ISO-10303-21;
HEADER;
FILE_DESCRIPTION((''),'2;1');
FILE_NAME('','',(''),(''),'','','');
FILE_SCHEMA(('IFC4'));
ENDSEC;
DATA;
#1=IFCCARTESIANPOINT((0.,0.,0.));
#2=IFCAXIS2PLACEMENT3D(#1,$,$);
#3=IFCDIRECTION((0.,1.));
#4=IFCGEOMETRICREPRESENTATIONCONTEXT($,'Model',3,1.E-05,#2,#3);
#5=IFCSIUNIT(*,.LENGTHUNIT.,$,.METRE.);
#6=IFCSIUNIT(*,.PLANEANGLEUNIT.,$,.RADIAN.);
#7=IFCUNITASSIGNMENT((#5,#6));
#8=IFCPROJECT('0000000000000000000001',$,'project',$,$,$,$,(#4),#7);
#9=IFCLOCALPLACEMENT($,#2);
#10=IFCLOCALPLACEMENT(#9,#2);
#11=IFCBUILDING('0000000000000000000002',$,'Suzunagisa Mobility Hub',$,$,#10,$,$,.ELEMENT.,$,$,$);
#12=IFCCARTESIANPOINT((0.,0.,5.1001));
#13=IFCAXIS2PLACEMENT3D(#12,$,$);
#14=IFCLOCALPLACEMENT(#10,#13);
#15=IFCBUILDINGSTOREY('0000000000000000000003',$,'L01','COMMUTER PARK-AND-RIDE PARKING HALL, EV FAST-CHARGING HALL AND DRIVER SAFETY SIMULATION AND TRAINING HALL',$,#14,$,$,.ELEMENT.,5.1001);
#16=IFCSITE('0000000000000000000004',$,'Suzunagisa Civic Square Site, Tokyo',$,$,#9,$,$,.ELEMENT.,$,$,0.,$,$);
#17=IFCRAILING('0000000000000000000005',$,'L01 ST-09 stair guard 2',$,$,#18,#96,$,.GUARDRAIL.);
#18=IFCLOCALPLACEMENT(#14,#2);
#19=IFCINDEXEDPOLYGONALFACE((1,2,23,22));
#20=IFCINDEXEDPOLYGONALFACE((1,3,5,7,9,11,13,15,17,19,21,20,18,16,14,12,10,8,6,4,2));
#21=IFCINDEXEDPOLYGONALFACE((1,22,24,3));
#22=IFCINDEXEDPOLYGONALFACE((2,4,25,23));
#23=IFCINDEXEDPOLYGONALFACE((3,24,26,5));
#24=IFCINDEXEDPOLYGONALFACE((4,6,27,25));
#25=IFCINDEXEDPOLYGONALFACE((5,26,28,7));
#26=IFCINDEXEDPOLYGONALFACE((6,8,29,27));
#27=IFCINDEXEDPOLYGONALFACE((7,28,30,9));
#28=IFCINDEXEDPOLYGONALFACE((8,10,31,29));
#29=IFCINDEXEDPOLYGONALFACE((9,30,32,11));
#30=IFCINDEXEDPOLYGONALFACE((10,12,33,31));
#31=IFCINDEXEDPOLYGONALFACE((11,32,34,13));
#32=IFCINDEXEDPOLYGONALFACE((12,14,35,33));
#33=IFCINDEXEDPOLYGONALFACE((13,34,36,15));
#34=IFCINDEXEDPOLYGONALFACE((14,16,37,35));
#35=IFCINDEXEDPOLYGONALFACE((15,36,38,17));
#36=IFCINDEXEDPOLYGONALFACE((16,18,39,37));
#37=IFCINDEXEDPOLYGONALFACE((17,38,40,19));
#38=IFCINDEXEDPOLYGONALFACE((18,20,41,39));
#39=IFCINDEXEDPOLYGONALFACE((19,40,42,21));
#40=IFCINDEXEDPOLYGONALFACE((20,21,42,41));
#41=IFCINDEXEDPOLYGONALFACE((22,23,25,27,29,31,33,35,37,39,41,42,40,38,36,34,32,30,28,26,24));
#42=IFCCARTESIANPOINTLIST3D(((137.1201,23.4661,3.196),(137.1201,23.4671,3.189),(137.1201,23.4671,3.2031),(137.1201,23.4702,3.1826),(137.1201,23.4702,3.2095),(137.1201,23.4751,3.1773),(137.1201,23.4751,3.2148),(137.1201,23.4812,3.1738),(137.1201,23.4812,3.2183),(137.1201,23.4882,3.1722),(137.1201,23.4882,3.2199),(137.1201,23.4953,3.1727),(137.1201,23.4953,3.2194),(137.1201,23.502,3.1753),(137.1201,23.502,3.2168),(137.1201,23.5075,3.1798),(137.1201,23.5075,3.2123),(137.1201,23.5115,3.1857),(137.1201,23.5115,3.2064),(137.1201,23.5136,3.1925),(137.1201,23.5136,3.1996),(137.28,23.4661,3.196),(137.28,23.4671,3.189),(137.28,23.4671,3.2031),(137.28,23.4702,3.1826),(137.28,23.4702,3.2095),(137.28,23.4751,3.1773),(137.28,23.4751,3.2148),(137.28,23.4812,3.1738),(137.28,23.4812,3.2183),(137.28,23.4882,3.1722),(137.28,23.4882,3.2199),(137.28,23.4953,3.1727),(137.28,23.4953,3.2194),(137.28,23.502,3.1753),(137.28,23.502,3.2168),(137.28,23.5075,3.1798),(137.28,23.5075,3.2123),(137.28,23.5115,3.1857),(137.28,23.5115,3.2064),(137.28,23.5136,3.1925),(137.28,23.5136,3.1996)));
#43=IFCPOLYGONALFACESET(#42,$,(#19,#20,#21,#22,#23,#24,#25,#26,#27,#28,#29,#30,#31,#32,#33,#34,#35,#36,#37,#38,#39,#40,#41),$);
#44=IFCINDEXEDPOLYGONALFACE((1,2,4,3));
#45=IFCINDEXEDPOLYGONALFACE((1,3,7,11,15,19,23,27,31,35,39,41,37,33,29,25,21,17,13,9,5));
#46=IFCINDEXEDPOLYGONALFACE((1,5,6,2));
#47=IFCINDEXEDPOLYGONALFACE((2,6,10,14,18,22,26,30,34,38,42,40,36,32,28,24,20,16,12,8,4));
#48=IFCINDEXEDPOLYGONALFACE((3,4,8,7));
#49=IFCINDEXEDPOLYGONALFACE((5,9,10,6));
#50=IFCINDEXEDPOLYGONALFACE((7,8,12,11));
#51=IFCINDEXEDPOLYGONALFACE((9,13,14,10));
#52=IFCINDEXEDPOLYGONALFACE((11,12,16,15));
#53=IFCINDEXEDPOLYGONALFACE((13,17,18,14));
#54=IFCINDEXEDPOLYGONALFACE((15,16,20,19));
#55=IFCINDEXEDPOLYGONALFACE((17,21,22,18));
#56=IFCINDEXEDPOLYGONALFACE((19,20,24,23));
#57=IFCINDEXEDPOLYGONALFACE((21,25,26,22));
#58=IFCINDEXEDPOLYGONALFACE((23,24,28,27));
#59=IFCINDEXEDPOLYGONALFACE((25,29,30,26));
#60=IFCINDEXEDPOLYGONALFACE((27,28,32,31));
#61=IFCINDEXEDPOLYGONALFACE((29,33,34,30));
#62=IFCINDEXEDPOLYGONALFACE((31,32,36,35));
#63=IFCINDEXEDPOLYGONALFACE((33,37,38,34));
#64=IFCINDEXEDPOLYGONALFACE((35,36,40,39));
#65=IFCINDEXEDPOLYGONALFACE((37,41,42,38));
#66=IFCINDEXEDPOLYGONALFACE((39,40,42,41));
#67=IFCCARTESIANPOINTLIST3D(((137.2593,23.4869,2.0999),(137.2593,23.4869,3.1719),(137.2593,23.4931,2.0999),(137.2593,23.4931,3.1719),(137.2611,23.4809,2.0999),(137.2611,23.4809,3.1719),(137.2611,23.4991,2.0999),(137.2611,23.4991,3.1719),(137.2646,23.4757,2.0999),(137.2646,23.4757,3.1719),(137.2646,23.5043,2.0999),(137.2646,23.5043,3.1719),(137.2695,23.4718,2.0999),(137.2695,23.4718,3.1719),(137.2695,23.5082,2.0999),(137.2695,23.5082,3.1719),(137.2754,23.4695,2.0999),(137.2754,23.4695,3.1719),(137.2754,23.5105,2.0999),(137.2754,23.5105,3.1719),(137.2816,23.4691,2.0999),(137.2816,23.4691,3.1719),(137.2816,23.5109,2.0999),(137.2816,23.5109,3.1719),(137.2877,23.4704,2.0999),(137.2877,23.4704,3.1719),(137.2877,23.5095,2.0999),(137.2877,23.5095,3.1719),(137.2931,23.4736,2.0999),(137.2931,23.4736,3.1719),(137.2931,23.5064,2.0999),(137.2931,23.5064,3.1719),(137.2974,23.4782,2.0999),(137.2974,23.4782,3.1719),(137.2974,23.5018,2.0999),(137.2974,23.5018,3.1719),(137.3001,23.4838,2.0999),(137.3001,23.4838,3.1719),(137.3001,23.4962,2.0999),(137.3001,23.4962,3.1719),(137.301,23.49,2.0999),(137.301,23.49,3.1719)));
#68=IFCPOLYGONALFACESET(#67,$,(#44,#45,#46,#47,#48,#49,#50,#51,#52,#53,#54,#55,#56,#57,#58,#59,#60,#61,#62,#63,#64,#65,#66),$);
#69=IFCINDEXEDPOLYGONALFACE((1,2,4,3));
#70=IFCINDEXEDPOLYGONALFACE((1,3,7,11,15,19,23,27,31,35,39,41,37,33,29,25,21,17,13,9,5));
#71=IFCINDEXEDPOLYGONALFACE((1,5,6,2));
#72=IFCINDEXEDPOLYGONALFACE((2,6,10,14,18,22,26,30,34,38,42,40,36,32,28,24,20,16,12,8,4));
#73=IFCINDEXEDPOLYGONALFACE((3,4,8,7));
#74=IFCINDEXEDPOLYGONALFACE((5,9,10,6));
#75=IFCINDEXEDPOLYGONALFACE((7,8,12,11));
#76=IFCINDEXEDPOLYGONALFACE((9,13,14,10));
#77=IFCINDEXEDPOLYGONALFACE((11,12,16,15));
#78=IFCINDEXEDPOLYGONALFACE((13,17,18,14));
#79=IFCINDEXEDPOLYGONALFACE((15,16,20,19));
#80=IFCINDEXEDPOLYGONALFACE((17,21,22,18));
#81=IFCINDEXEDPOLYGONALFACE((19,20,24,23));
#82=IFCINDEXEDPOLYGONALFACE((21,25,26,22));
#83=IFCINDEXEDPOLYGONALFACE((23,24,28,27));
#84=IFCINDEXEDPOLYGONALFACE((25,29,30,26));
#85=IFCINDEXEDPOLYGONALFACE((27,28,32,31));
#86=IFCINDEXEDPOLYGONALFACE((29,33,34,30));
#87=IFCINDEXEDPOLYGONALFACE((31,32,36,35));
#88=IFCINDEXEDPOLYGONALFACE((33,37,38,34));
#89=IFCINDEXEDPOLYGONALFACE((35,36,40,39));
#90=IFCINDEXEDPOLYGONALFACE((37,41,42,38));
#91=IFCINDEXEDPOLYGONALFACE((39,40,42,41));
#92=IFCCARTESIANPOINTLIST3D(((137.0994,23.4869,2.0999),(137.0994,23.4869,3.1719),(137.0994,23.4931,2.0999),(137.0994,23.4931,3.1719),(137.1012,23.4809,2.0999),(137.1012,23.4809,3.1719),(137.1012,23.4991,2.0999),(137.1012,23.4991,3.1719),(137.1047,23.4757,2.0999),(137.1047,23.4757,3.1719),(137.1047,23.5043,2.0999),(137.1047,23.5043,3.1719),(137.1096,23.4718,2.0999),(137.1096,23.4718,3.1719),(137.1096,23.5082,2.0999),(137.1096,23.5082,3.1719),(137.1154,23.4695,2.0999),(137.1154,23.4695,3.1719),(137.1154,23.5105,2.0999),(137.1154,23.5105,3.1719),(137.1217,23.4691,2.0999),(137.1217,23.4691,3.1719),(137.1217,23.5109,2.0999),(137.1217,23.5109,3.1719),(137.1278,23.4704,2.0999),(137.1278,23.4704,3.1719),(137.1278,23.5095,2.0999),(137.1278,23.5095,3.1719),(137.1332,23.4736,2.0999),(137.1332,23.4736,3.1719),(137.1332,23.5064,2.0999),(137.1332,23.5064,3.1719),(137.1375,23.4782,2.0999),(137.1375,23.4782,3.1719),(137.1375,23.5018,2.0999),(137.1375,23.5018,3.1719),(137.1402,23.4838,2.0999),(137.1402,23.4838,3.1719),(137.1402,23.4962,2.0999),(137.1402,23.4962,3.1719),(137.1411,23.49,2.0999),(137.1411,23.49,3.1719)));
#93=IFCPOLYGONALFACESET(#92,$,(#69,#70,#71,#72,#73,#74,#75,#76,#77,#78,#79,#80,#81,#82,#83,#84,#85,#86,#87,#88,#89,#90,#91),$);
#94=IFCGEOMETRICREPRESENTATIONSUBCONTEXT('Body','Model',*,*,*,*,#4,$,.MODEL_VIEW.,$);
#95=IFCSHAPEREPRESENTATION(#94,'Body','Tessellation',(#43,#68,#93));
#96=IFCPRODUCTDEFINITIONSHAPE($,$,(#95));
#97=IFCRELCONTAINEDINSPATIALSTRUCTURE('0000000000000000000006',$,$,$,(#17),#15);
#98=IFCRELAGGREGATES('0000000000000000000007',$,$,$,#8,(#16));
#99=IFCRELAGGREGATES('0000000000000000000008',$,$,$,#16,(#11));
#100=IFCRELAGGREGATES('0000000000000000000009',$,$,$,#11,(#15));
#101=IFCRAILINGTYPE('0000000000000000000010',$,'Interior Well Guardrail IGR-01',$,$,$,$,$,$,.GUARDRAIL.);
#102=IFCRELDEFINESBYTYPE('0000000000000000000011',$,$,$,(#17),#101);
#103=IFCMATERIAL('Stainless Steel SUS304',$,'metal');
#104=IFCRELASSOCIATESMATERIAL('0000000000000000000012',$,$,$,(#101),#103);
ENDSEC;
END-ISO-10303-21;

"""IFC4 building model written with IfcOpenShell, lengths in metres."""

from ifc_helpers import new_model, si_unit, direction, frame, origin, origin_2d, place, context, subcontext, project, spatial, circle, extrude, material, type_object, element, save


model = new_model("IFC4")

# Units and contexts
model_context = context("Model", 3, precision=1e-05, world=origin(), true_north=direction((0.0, 1.0)))
body_context = subcontext(model_context, "Body", "Model", "MODEL_VIEW")
ifc_project = project(units=[si_unit("LENGTHUNIT", "METRE"), si_unit("PLANEANGLEUNIT", "RADIAN")], contexts=[model_context])

# Site, building, storey
site_placement = place(None, origin())
site = spatial("IfcSite", under=ifc_project, at=site_placement, Name="Suzunagisa Civic Square Site, Tokyo", CompositionType="ELEMENT", RefElevation=0.0)
building_placement = place(site_placement, origin())
building = spatial("IfcBuilding", under=site, at=building_placement, Name="Suzunagisa Mobility Hub", CompositionType="ELEMENT")
storey_placement = place(building_placement, frame((0.0, 0.0, 5.1001)))
storey = spatial("IfcBuildingStorey", under=building, at=storey_placement, Name="L01", Description="COMMUTER PARK-AND-RIDE PARKING HALL, EV FAST-CHARGING HALL AND DRIVER SAFETY SIMULATION AND TRAINING HALL", CompositionType="ELEMENT", Elevation=5.1001)

# Railing
ifc_material_1 = material(Name="Stainless Steel SUS304", Category="metal")
railing_type_1 = type_object("IfcRailingType", Name="Interior Well Guardrail IGR-01", PredefinedType="GUARDRAIL", material=ifc_material_1)
railing_1_placement = place(storey_placement, frame((137.28, 23.49, 2.0999)))
element("IfcRailing", 1, at=railing_1_placement, inside=storey, type_object=railing_type_1, Name="L01 ST-09 stair guard 2", PredefinedType="GUARDRAIL", context=body_context, shape_type="SweptSolid", body=[
    extrude(circle(Radius=0.0239, at=origin_2d()), frame((0.0, 0.0, 1.0962), z_axis=(-1.0, 0.0, 0.0), x_axis=(0.0, -1.0, 0.0)), (0.0, 0.0, 1.0), 0.1599),
    extrude(circle(Radius=0.021, at=origin_2d()), origin(), (0.0, 0.0, 1.0), 1.072),
    extrude(circle(Radius=0.021, at=origin_2d()), frame((-0.1599, 0.0, 0.0)), (0.0, 0.0, 1.0), 1.072),
])

save(model, "model.ifc")
